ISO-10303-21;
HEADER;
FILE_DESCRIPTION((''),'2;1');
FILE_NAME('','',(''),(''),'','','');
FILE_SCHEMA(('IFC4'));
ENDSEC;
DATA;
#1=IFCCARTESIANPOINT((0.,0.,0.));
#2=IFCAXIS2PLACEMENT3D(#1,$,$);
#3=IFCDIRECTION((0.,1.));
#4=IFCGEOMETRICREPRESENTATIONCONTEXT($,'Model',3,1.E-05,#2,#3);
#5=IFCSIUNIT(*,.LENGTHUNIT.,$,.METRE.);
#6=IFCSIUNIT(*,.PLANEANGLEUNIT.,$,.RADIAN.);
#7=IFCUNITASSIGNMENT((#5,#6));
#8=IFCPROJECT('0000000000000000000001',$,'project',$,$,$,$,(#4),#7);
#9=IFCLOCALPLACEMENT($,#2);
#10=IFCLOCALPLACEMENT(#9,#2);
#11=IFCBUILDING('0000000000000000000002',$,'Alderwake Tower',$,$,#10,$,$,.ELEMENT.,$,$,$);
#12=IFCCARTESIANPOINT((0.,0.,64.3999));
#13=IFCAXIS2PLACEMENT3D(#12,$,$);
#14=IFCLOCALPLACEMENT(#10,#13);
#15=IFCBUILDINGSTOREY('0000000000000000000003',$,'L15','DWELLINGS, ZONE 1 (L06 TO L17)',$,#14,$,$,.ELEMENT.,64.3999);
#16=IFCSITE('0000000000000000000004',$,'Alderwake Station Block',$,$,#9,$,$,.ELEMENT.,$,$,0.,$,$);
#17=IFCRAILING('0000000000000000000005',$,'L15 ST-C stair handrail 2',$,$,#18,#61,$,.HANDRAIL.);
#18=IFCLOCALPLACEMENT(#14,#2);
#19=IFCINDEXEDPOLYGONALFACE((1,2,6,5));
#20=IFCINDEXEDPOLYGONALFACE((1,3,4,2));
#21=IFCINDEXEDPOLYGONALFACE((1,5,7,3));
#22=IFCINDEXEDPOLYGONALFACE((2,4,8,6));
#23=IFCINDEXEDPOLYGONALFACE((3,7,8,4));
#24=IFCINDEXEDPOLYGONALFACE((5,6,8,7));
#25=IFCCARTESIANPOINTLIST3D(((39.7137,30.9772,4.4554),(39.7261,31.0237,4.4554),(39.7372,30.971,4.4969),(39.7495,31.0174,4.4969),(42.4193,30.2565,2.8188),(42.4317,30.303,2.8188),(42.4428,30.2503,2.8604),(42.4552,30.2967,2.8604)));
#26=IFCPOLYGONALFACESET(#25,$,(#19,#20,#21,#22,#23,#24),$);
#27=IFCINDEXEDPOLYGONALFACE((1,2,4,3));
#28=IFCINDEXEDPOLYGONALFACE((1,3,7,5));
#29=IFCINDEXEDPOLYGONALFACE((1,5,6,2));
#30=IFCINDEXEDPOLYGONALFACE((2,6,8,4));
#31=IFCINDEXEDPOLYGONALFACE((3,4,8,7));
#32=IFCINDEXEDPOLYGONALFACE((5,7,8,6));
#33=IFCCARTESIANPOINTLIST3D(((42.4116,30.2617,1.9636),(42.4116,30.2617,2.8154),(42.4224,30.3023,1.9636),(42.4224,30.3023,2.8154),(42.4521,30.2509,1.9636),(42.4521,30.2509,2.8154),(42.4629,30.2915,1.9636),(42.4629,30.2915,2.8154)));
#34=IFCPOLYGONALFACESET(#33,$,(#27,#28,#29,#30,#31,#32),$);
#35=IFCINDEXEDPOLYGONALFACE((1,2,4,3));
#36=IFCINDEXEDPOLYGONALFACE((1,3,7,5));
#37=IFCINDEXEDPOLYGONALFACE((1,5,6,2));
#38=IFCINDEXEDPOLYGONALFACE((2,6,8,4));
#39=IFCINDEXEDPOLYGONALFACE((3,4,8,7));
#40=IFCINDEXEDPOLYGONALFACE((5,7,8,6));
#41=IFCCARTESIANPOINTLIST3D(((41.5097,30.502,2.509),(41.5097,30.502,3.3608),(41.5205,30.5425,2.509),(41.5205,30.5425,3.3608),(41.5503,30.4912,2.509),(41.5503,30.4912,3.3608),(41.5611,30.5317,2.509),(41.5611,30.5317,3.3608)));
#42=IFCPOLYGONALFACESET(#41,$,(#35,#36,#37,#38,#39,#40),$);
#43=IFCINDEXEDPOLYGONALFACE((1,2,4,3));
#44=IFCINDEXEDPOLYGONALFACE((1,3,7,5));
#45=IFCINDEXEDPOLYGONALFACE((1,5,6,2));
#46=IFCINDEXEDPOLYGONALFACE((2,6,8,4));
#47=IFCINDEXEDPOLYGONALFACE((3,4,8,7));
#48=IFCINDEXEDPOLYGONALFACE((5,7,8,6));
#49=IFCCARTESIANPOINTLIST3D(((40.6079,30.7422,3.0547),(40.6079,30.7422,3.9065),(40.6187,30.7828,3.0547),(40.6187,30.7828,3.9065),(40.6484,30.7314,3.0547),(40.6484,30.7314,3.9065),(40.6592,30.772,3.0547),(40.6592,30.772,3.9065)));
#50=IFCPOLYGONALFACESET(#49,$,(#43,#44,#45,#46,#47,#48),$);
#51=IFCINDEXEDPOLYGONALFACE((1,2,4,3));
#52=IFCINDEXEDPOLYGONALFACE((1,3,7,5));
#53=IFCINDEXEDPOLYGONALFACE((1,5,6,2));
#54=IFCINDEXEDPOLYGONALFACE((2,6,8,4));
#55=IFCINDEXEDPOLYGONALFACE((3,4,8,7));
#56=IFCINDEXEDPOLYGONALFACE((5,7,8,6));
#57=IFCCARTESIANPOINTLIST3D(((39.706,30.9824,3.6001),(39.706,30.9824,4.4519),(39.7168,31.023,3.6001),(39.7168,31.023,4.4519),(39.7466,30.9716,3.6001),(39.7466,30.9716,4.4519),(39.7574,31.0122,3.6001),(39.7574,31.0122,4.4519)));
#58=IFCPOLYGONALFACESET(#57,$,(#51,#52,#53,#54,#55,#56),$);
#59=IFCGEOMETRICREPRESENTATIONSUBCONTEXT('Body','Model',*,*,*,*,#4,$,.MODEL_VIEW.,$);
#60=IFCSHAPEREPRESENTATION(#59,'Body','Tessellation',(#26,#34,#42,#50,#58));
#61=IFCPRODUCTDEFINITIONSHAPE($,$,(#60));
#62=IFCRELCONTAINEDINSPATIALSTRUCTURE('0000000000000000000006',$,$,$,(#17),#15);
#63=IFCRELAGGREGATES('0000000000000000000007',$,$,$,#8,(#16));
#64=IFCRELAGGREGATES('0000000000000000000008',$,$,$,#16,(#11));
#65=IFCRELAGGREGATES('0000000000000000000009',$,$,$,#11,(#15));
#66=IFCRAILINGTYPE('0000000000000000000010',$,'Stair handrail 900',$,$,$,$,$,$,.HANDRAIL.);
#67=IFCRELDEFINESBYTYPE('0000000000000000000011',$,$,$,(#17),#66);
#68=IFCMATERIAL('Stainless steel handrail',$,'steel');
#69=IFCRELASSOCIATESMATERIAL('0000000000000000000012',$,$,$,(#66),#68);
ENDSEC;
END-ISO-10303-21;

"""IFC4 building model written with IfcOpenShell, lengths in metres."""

from ifc_helpers import new_model, si_unit, direction, frame, origin, origin_2d, place, context, subcontext, project, spatial, rectangle, extrude, material, type_object, element, save


model = new_model("IFC4")

# Units and contexts
model_context = context("Model", 3, precision=1e-05, world=origin(), true_north=direction((0.0, 1.0)))
body_context = subcontext(model_context, "Body", "Model", "MODEL_VIEW")
ifc_project = project(units=[si_unit("LENGTHUNIT", "METRE"), si_unit("PLANEANGLEUNIT", "RADIAN")], contexts=[model_context])

# Site, building, storey
site_placement = place(None, origin())
site = spatial("IfcSite", under=ifc_project, at=site_placement, Name="Alderwake Station Block", CompositionType="ELEMENT", RefElevation=0.0)
building_placement = place(site_placement, origin())
building = spatial("IfcBuilding", under=site, at=building_placement, Name="Alderwake Tower", CompositionType="ELEMENT")
storey_placement = place(building_placement, frame((0.0, 0.0, 64.3999)))
storey = spatial("IfcBuildingStorey", under=building, at=storey_placement, Name="L15", Description="DWELLINGS, ZONE 1 (L06 TO L17)", CompositionType="ELEMENT", Elevation=64.3999)

# Railing
ifc_material_1 = material(Name="Stainless steel handrail", Category="steel")
railing_type_1 = type_object("IfcRailingType", Name="Stair handrail 900", PredefinedType="HANDRAIL", material=ifc_material_1)
railing_1_placement = place(storey_placement, frame((42.4373, 30.2766, 1.9636)))
element("IfcRailing", 1, at=railing_1_placement, inside=storey, type_object=railing_type_1, Name="L15 ST-C stair handrail 2", PredefinedType="HANDRAIL", context=body_context, shape_type="SweptSolid", body=[
    extrude(rectangle(XDim=0.0481, YDim=0.0481, at=origin_2d()), frame((0.0, 0.0, 0.876), z_axis=(-0.834259, 0.222228, 0.504605), x_axis=(-0.257402, -0.966304, 0.0)), (0.0, 0.0, 1.0), 3.2432),
    extrude(rectangle(XDim=0.042, YDim=0.042, at=origin_2d()), frame((0.0, 0.0, 0.0), z_axis=(0.0, 0.0, 1.0), x_axis=(-0.966304, 0.257402, 0.0)), (0.0, 0.0, 1.0), 0.8518),
    extrude(rectangle(XDim=0.042, YDim=0.042, at=origin_2d()), frame((-0.9019, 0.2402, 0.5454), z_axis=(0.0, 0.0, 1.0), x_axis=(-0.966304, 0.257402, 0.0)), (0.0, 0.0, 1.0), 0.8518),
    extrude(rectangle(XDim=0.042, YDim=0.042, at=origin_2d()), frame((-1.8037, 0.4805, 1.0911), z_axis=(0.0, 0.0, 1.0), x_axis=(-0.966304, 0.257402, 0.0)), (0.0, 0.0, 1.0), 0.8518),
    extrude(rectangle(XDim=0.042, YDim=0.042, at=origin_2d()), frame((-2.7056, 0.7207, 1.6365), z_axis=(0.0, 0.0, 1.0), x_axis=(-0.966304, 0.257402, 0.0)), (0.0, 0.0, 1.0), 0.8518),
])

save(model, "model.ifc")
